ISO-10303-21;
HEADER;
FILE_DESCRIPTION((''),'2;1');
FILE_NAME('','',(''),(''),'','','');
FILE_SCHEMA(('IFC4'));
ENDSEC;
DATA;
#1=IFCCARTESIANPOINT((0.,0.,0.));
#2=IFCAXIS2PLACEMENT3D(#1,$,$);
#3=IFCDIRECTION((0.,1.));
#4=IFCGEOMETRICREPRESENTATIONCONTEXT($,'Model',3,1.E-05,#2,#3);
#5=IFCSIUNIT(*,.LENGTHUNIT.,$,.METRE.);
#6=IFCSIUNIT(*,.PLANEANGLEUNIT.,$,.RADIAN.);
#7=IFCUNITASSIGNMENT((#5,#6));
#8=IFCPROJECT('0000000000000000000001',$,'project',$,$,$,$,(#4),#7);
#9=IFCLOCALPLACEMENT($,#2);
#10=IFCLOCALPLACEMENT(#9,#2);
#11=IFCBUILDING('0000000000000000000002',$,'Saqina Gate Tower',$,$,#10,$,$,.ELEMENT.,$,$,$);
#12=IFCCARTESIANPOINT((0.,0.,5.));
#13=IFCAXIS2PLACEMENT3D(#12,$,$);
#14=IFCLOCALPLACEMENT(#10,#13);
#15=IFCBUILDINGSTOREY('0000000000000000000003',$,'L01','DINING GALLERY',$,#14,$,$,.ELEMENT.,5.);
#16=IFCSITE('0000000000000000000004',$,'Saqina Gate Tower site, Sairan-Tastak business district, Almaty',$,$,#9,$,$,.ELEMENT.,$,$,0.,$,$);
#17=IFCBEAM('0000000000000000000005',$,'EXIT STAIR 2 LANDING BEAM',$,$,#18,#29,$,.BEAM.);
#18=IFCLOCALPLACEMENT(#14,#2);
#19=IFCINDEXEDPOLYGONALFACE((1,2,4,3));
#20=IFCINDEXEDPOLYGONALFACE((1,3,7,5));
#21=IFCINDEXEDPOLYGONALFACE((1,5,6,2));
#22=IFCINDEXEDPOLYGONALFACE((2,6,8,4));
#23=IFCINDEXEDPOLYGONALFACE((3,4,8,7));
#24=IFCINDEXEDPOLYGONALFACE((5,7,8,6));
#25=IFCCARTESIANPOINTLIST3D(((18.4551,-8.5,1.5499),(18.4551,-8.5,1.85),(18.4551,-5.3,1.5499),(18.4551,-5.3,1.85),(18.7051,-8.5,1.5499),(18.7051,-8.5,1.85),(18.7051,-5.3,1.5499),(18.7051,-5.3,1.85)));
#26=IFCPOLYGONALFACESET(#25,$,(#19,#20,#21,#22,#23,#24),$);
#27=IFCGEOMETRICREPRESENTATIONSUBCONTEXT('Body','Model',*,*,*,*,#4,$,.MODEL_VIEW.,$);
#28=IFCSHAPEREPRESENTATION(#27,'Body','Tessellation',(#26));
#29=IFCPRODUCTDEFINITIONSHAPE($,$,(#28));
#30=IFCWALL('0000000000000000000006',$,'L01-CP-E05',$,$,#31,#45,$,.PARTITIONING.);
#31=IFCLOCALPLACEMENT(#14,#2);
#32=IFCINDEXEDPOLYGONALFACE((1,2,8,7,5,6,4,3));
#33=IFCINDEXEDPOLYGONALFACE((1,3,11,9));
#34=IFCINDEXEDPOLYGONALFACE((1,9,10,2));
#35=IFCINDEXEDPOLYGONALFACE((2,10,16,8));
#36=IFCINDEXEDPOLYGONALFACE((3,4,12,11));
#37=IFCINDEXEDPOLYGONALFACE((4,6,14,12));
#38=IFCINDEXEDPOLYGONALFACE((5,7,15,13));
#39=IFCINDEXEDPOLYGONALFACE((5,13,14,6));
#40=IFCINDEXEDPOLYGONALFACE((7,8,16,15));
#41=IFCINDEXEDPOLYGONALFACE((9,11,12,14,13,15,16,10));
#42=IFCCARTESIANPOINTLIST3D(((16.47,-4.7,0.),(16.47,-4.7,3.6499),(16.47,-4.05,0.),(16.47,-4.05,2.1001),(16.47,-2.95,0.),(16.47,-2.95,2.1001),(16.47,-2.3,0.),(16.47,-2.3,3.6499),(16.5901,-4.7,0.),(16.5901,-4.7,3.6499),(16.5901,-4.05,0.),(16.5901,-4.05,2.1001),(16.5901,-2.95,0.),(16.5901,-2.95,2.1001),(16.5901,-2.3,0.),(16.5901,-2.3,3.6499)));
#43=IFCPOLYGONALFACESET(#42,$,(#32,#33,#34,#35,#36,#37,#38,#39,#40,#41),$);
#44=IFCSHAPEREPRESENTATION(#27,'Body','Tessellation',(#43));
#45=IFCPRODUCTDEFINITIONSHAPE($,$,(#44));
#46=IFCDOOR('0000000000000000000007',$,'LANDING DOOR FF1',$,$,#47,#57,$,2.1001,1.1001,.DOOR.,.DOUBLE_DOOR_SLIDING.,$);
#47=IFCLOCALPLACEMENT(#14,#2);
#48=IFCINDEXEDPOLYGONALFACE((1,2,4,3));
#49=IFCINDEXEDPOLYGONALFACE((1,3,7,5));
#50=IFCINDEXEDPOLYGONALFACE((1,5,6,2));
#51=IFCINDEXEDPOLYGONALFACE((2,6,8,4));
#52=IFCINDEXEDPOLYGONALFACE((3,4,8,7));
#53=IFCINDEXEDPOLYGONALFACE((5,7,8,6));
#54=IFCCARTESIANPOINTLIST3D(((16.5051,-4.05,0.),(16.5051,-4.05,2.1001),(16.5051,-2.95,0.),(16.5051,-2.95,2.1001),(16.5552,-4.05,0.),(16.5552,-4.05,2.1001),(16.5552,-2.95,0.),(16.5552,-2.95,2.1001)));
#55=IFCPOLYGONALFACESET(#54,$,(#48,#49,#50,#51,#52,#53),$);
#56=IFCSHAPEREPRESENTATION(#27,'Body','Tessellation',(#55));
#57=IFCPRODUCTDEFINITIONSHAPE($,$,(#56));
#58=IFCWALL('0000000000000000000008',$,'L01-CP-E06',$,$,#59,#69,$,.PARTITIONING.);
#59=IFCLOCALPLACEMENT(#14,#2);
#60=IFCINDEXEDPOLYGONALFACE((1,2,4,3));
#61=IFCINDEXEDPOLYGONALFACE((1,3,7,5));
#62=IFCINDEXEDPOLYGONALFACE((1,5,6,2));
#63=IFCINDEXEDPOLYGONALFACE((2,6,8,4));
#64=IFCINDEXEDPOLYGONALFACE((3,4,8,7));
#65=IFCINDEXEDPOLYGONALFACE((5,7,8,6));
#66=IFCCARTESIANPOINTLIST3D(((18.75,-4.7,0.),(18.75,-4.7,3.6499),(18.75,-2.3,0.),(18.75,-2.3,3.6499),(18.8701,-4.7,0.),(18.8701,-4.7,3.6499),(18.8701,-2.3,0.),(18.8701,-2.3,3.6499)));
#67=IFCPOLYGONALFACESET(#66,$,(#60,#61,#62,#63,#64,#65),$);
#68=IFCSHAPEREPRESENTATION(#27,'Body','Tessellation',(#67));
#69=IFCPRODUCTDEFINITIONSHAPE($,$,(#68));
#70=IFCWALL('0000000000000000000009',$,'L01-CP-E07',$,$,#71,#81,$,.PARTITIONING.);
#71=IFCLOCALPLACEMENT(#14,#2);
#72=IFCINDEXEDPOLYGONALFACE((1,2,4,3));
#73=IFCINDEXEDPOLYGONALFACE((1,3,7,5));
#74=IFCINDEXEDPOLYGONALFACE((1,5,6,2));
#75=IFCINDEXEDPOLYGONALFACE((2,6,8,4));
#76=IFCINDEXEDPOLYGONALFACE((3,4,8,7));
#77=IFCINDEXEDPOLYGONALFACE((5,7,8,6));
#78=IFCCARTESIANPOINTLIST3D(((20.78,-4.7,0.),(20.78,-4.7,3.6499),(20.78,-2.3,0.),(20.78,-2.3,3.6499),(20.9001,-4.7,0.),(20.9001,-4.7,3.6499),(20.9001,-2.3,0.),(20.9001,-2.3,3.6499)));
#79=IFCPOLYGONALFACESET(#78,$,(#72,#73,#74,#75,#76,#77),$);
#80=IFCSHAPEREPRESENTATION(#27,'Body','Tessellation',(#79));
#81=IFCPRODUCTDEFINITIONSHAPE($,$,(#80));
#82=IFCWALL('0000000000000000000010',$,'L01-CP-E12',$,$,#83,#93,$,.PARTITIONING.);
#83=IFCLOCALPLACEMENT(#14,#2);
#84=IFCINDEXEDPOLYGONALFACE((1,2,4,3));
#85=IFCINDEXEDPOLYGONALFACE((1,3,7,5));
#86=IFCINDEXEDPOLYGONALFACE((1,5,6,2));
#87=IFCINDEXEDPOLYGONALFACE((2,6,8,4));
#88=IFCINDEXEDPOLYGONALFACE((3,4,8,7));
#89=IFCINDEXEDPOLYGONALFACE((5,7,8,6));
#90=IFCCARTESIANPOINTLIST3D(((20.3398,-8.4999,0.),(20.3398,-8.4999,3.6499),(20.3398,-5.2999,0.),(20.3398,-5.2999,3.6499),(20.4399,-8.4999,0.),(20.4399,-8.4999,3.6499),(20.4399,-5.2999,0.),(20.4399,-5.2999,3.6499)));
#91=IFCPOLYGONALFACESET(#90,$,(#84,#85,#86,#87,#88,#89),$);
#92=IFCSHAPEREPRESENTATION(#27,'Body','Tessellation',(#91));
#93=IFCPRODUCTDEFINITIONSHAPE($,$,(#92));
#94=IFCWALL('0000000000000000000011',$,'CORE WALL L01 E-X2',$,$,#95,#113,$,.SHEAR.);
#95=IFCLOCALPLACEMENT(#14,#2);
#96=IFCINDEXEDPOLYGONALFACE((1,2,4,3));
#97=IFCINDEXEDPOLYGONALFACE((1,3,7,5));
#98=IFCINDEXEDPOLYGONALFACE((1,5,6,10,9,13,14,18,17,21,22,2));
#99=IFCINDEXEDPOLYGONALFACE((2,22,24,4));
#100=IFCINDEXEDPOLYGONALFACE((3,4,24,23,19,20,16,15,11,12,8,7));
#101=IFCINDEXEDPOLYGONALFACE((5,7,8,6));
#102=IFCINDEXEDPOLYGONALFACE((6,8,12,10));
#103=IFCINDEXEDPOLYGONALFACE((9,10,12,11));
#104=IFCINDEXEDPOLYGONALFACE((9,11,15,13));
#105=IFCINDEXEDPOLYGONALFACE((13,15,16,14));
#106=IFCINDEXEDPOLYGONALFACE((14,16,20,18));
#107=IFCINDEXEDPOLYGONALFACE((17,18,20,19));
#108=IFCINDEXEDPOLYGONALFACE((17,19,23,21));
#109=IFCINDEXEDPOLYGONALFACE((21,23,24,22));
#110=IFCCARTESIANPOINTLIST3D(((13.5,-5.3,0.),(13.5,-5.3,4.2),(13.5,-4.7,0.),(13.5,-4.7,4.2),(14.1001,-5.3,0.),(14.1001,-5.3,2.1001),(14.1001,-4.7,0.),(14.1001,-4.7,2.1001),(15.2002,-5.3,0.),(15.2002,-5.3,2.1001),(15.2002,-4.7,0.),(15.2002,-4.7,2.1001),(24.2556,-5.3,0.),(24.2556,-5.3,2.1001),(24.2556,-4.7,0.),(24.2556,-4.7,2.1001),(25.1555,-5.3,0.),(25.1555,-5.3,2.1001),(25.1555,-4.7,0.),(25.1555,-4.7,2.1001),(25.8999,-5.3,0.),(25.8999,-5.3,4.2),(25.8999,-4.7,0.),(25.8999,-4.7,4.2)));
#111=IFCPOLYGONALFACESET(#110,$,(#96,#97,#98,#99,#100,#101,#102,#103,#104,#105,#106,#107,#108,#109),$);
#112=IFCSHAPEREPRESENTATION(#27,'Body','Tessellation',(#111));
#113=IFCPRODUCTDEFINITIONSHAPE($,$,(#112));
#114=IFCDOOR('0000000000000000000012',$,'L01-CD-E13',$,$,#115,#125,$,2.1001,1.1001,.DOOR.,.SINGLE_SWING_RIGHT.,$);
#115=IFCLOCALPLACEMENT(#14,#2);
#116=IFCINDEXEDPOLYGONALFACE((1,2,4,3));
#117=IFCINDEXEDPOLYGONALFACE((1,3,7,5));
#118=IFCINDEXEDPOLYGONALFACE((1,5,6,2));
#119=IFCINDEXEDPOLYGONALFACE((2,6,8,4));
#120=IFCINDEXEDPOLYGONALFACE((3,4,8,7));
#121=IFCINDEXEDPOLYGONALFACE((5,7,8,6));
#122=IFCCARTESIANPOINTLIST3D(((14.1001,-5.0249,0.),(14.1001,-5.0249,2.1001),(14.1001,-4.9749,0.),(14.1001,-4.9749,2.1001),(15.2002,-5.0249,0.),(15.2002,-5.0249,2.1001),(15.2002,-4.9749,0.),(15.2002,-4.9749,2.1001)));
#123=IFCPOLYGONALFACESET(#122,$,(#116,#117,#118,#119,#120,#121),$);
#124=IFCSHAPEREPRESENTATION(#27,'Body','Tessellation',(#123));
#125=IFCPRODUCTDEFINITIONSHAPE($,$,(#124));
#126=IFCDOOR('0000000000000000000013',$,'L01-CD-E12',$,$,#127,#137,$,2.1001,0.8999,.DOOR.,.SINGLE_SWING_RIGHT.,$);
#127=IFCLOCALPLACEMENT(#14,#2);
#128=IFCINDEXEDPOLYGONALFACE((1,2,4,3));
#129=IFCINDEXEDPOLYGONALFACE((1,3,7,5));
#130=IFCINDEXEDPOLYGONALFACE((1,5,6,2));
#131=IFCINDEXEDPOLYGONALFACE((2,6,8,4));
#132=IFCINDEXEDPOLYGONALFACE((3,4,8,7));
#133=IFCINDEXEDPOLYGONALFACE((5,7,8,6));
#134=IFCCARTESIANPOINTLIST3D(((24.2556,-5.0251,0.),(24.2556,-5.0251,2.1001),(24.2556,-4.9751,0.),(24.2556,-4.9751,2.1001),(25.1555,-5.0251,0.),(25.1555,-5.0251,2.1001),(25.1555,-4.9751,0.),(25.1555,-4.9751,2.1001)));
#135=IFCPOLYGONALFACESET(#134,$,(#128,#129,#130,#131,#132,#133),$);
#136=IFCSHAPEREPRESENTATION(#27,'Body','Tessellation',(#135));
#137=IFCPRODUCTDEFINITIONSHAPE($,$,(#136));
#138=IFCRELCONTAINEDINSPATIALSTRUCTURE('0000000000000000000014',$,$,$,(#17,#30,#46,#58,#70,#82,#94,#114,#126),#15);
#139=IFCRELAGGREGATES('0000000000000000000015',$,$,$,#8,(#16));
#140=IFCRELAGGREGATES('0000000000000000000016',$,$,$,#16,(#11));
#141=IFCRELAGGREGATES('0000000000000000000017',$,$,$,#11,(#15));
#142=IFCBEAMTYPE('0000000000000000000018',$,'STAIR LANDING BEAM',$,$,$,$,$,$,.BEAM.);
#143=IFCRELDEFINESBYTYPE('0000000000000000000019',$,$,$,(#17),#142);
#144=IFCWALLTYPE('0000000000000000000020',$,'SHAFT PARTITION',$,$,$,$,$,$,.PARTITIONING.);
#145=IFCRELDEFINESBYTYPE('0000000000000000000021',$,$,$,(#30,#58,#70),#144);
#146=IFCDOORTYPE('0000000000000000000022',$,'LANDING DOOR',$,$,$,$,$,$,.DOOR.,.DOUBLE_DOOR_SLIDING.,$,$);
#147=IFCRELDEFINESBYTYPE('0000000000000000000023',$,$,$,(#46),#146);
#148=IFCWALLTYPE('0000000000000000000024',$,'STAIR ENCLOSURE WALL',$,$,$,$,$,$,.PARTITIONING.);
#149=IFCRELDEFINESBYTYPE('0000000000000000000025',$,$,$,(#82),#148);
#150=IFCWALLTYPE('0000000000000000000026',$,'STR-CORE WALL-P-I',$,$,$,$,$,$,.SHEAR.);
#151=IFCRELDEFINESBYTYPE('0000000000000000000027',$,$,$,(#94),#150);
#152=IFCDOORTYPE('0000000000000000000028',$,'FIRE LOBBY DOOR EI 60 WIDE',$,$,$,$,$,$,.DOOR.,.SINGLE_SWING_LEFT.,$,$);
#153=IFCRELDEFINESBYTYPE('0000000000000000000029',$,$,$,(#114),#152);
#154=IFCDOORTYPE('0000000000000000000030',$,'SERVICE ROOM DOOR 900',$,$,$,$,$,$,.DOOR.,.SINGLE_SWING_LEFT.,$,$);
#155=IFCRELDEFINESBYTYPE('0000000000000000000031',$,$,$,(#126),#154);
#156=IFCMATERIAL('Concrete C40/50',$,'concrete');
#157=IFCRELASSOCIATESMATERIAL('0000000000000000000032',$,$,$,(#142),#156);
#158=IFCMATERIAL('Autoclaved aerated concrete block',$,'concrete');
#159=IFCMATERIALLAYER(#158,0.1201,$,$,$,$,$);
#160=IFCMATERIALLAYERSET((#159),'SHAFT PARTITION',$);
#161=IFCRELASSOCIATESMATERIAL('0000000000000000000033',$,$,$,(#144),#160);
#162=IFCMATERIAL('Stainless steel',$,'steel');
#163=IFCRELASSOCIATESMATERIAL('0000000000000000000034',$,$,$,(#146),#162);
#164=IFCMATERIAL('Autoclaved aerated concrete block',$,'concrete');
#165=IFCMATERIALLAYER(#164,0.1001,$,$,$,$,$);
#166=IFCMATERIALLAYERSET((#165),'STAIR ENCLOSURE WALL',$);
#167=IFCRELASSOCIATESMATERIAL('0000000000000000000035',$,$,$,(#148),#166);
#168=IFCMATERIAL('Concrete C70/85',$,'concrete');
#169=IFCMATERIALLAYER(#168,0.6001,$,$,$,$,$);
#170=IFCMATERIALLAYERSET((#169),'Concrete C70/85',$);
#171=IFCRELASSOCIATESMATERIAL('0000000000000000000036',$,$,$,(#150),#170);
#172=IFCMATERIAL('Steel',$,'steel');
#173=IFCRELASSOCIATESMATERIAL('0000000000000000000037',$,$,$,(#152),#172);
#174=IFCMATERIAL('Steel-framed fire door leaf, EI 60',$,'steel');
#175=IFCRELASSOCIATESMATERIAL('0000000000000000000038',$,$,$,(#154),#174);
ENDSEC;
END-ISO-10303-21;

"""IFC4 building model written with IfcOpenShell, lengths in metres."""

from ifc_helpers import new_model, si_unit, direction, frame, frame_2d, origin, origin_2d, place, context, subcontext, project, spatial, rectangle, extrude, material, layer, layer_set, material_profile, profile_set, type_object, element, fill, save


model = new_model("IFC4")

# Units and contexts
model_context = context("Model", 3, precision=1e-05, world=origin(), true_north=direction((0.0, 1.0)))
body_context = subcontext(model_context, "Body", "Model", "MODEL_VIEW")
ifc_project = project(units=[si_unit("LENGTHUNIT", "METRE"), si_unit("PLANEANGLEUNIT", "RADIAN")], contexts=[model_context])

# Site, building, storey
site_placement = place(None, origin())
site = spatial("IfcSite", under=ifc_project, at=site_placement, Name="Saqina Gate Tower site, Sairan-Tastak business district, Almaty", CompositionType="ELEMENT", RefElevation=0.0)
building_placement = place(site_placement, origin())
building = spatial("IfcBuilding", under=site, at=building_placement, Name="Saqina Gate Tower", CompositionType="ELEMENT")
storey_placement = place(building_placement, frame((0.0, 0.0, 5.0)))
storey = spatial("IfcBuildingStorey", under=building, at=storey_placement, Name="L01", Description="DINING GALLERY", CompositionType="ELEMENT", Elevation=5.0)

# Beam
ifc_material_1 = material(Name="Concrete C40/50", Category="concrete")
ifc_material_profile = material_profile(ifc_material_1, rectangle(XDim=0.25, YDim=0.3, at=origin_2d()), Name="STAIR LANDING BEAM")
ifc_profile_set = profile_set([ifc_material_profile], Name="Concrete C40/50")
beam_type = type_object("IfcBeamType", Name="STAIR LANDING BEAM", PredefinedType="BEAM", material=ifc_profile_set)
beam_placement = place(storey_placement, frame((18.5801, -8.5, 1.7), z_axis=(0.0, 1.0, 0.0), x_axis=(-1.0, 0.0, 0.0)))
element("IfcBeam", 1, at=beam_placement, inside=storey, type_object=beam_type, Name="EXIT STAIR 2 LANDING BEAM", PredefinedType="BEAM", context=body_context, shape_type="SweptSolid", body=[
    extrude(rectangle(XDim=0.25, YDim=0.3, at=origin_2d()), origin(), (0.0, 0.0, 1.0), 3.2),
])

# Wall, opening, door
ifc_material_2 = material(Name="Autoclaved aerated concrete block", Category="concrete")
ifc_layer_1 = layer(ifc_material_2, 0.1201)
ifc_layer_set_1 = layer_set([ifc_layer_1], Name="SHAFT PARTITION")
wall_type_1 = type_object("IfcWallType", Name="SHAFT PARTITION", PredefinedType="PARTITIONING", material=ifc_layer_set_1)
wall_1_placement = place(storey_placement, frame((16.53, -4.7, 0.0), z_axis=(0.0, 0.0, 1.0), x_axis=(0.0, 1.0, 0.0)))
wall_1 = element("IfcWall", 2, at=wall_1_placement, inside=storey, type_object=wall_type_1, Name="L01-CP-E05", PredefinedType="PARTITIONING", context=body_context, shape_type="SweptSolid", body=[
    extrude(rectangle(XDim=2.3999, YDim=0.1201, at=frame_2d((1.2, 0.0))), origin(), (0.0, 0.0, 1.0), 3.6499),
])
opening_1_placement = place(wall_1_placement, frame((0.6499, 0.0, 0.0)))
opening_1 = element("IfcOpeningElement", 3, at=opening_1_placement, cuts=wall_1, PredefinedType="OPENING", context=body_context, shape_type="SweptSolid", body=[
    extrude(rectangle(XDim=1.1001, YDim=2.1001, at=frame_2d((0.55, 1.05))), frame((0.0, 0.072, 0.0), z_axis=(0.0, -1.0, 0.0), x_axis=(1.0, 0.0, 0.0)), (0.0, 0.0, 1.0), 0.144),
])
ifc_material_3 = material(Name="Stainless steel", Category="steel")
door_type_1 = type_object("IfcDoorType", Name="LANDING DOOR", OperationType="DOUBLE_DOOR_SLIDING", PredefinedType="DOOR", material=ifc_material_3)
door_1_placement = place(opening_1_placement, origin())
door_1 = element("IfcDoor", 4, at=door_1_placement, inside=storey, type_object=door_type_1, Name="LANDING DOOR FF1", OperationType="DOUBLE_DOOR_SLIDING", OverallHeight=2.1001, OverallWidth=1.1001, PredefinedType="DOOR", context=body_context, shape_type="SweptSolid", body=[
    extrude(rectangle(XDim=1.1001, YDim=2.1001, at=frame_2d((0.55, 1.05))), frame((0.0, 0.0249, 0.0), z_axis=(0.0, -1.0, 0.0), x_axis=(1.0, 0.0, 0.0)), (0.0, 0.0, 1.0), 0.05),
])
fill(opening_1, door_1)

# Walls
for number, where, z_axis, x_axis, name in (
    (5, (18.8101, -4.7, 0.0), (0.0, 0.0, 1.0), (0.0, 1.0, 0.0), "L01-CP-E06"),
    (6, (20.8401, -4.7, 0.0), (0.0, 0.0, 1.0), (0.0, 1.0, 0.0), "L01-CP-E07"),
):
    element("IfcWall", number, at=place(storey_placement, frame(where, z_axis=z_axis, x_axis=x_axis)), inside=storey, type_object=wall_type_1, Name=name, PredefinedType="PARTITIONING", context=body_context, shape_type="SweptSolid", body=[
        extrude(rectangle(XDim=2.3999, YDim=0.1201, at=frame_2d((1.2, 0.0))), origin(), (0.0, 0.0, 1.0), 3.6499),
    ])
ifc_material_4 = material(Name="Autoclaved aerated concrete block", Category="concrete")
ifc_layer_2 = layer(ifc_material_4, 0.1001)
ifc_layer_set_2 = layer_set([ifc_layer_2], Name="STAIR ENCLOSURE WALL")
wall_type_2 = type_object("IfcWallType", Name="STAIR ENCLOSURE WALL", PredefinedType="PARTITIONING", material=ifc_layer_set_2)
wall_2_placement = place(storey_placement, frame((20.3899, -8.5, 0.0), z_axis=(0.0, 0.0, 1.0), x_axis=(0.0, 1.0, 0.0)))
element("IfcWall", 7, at=wall_2_placement, inside=storey, type_object=wall_type_2, Name="L01-CP-E12", PredefinedType="PARTITIONING", context=body_context, shape_type="SweptSolid", body=[
    extrude(rectangle(XDim=3.2, YDim=0.1001, at=frame_2d((1.6001, 0.0))), origin(), (0.0, 0.0, 1.0), 3.6499),
])

# Wall, openings, doors
ifc_material_5 = material(Name="Concrete C70/85", Category="concrete")
ifc_layer_3 = layer(ifc_material_5, 0.6001)
ifc_layer_set_3 = layer_set([ifc_layer_3], Name="Concrete C70/85")
wall_type_3 = type_object("IfcWallType", Name="STR-CORE WALL-P-I", PredefinedType="SHEAR", material=ifc_layer_set_3)
wall_3_placement = place(storey_placement, frame((13.5, -5.0, 0.0), z_axis=(0.0, 0.0, 1.0), x_axis=(1.0, 0.0, 0.0)))
wall_3 = element("IfcWall", 8, at=wall_3_placement, inside=storey, type_object=wall_type_3, Name="CORE WALL L01 E-X2", PredefinedType="SHEAR", context=body_context, shape_type="SweptSolid", body=[
    extrude(rectangle(XDim=12.3999, YDim=0.6001, at=frame_2d((6.2, 0.0))), origin(), (0.0, 0.0, 1.0), 4.2),
])
opening_2_placement = place(wall_3_placement, frame((10.7556, 0.0, 0.0)))
opening_2 = element("IfcOpeningElement", 9, at=opening_2_placement, cuts=wall_3, PredefinedType="OPENING", context=body_context, shape_type="SweptSolid", body=[
    extrude(rectangle(XDim=0.8999, YDim=2.1001, at=frame_2d((0.45, 1.05))), frame((0.0, 0.312, 0.0), z_axis=(0.0, -1.0, 0.0), x_axis=(1.0, 0.0, 0.0)), (0.0, 0.0, 1.0), 0.624),
])
opening_3_placement = place(wall_3_placement, frame((0.6001, 0.0, 0.0)))
opening_3 = element("IfcOpeningElement", 10, at=opening_3_placement, cuts=wall_3, PredefinedType="OPENING", context=body_context, shape_type="SweptSolid", body=[
    extrude(rectangle(XDim=1.1001, YDim=2.1001, at=frame_2d((0.55, 1.05))), frame((0.0, 0.312, 0.0), z_axis=(0.0, -1.0, 0.0), x_axis=(1.0, 0.0, 0.0)), (0.0, 0.0, 1.0), 0.624),
])
ifc_material_6 = material(Name="Steel", Category="steel")
door_type_2 = type_object("IfcDoorType", Name="FIRE LOBBY DOOR EI 60 WIDE", OperationType="SINGLE_SWING_LEFT", PredefinedType="DOOR", material=ifc_material_6)
door_2_placement = place(opening_3_placement, frame((1.1001, 0.0, 0.0), z_axis=(0.0, 0.0, 1.0), x_axis=(-1.0, 0.0, 0.0)))
door_2 = element("IfcDoor", 11, at=door_2_placement, inside=storey, type_object=door_type_2, Name="L01-CD-E13", OperationType="SINGLE_SWING_RIGHT", OverallHeight=2.1001, OverallWidth=1.1001, PredefinedType="DOOR", context=body_context, shape_type="SweptSolid", body=[
    extrude(rectangle(XDim=1.1001, YDim=2.1001, at=frame_2d((0.55, 1.05))), frame((0.0, 0.0249, 0.0), z_axis=(0.0, -1.0, 0.0), x_axis=(1.0, 0.0, 0.0)), (0.0, 0.0, 1.0), 0.05),
])
fill(opening_3, door_2)
ifc_material_7 = material(Name="Steel-framed fire door leaf, EI 60", Category="steel")
door_type_3 = type_object("IfcDoorType", Name="SERVICE ROOM DOOR 900", OperationType="SINGLE_SWING_LEFT", PredefinedType="DOOR", material=ifc_material_7)
door_3_placement = place(opening_2_placement, origin())
door_3 = element("IfcDoor", 12, at=door_3_placement, inside=storey, type_object=door_type_3, Name="L01-CD-E12", OperationType="SINGLE_SWING_RIGHT", OverallHeight=2.1001, OverallWidth=0.8999, PredefinedType="DOOR", context=body_context, shape_type="SweptSolid", body=[
    extrude(rectangle(XDim=0.8999, YDim=2.1001, at=frame_2d((0.45, 1.05))), frame((0.0, 0.0249, 0.0), z_axis=(0.0, -1.0, 0.0), x_axis=(1.0, 0.0, 0.0)), (0.0, 0.0, 1.0), 0.05),
])
fill(opening_2, door_3)

save(model, "model.ifc")
